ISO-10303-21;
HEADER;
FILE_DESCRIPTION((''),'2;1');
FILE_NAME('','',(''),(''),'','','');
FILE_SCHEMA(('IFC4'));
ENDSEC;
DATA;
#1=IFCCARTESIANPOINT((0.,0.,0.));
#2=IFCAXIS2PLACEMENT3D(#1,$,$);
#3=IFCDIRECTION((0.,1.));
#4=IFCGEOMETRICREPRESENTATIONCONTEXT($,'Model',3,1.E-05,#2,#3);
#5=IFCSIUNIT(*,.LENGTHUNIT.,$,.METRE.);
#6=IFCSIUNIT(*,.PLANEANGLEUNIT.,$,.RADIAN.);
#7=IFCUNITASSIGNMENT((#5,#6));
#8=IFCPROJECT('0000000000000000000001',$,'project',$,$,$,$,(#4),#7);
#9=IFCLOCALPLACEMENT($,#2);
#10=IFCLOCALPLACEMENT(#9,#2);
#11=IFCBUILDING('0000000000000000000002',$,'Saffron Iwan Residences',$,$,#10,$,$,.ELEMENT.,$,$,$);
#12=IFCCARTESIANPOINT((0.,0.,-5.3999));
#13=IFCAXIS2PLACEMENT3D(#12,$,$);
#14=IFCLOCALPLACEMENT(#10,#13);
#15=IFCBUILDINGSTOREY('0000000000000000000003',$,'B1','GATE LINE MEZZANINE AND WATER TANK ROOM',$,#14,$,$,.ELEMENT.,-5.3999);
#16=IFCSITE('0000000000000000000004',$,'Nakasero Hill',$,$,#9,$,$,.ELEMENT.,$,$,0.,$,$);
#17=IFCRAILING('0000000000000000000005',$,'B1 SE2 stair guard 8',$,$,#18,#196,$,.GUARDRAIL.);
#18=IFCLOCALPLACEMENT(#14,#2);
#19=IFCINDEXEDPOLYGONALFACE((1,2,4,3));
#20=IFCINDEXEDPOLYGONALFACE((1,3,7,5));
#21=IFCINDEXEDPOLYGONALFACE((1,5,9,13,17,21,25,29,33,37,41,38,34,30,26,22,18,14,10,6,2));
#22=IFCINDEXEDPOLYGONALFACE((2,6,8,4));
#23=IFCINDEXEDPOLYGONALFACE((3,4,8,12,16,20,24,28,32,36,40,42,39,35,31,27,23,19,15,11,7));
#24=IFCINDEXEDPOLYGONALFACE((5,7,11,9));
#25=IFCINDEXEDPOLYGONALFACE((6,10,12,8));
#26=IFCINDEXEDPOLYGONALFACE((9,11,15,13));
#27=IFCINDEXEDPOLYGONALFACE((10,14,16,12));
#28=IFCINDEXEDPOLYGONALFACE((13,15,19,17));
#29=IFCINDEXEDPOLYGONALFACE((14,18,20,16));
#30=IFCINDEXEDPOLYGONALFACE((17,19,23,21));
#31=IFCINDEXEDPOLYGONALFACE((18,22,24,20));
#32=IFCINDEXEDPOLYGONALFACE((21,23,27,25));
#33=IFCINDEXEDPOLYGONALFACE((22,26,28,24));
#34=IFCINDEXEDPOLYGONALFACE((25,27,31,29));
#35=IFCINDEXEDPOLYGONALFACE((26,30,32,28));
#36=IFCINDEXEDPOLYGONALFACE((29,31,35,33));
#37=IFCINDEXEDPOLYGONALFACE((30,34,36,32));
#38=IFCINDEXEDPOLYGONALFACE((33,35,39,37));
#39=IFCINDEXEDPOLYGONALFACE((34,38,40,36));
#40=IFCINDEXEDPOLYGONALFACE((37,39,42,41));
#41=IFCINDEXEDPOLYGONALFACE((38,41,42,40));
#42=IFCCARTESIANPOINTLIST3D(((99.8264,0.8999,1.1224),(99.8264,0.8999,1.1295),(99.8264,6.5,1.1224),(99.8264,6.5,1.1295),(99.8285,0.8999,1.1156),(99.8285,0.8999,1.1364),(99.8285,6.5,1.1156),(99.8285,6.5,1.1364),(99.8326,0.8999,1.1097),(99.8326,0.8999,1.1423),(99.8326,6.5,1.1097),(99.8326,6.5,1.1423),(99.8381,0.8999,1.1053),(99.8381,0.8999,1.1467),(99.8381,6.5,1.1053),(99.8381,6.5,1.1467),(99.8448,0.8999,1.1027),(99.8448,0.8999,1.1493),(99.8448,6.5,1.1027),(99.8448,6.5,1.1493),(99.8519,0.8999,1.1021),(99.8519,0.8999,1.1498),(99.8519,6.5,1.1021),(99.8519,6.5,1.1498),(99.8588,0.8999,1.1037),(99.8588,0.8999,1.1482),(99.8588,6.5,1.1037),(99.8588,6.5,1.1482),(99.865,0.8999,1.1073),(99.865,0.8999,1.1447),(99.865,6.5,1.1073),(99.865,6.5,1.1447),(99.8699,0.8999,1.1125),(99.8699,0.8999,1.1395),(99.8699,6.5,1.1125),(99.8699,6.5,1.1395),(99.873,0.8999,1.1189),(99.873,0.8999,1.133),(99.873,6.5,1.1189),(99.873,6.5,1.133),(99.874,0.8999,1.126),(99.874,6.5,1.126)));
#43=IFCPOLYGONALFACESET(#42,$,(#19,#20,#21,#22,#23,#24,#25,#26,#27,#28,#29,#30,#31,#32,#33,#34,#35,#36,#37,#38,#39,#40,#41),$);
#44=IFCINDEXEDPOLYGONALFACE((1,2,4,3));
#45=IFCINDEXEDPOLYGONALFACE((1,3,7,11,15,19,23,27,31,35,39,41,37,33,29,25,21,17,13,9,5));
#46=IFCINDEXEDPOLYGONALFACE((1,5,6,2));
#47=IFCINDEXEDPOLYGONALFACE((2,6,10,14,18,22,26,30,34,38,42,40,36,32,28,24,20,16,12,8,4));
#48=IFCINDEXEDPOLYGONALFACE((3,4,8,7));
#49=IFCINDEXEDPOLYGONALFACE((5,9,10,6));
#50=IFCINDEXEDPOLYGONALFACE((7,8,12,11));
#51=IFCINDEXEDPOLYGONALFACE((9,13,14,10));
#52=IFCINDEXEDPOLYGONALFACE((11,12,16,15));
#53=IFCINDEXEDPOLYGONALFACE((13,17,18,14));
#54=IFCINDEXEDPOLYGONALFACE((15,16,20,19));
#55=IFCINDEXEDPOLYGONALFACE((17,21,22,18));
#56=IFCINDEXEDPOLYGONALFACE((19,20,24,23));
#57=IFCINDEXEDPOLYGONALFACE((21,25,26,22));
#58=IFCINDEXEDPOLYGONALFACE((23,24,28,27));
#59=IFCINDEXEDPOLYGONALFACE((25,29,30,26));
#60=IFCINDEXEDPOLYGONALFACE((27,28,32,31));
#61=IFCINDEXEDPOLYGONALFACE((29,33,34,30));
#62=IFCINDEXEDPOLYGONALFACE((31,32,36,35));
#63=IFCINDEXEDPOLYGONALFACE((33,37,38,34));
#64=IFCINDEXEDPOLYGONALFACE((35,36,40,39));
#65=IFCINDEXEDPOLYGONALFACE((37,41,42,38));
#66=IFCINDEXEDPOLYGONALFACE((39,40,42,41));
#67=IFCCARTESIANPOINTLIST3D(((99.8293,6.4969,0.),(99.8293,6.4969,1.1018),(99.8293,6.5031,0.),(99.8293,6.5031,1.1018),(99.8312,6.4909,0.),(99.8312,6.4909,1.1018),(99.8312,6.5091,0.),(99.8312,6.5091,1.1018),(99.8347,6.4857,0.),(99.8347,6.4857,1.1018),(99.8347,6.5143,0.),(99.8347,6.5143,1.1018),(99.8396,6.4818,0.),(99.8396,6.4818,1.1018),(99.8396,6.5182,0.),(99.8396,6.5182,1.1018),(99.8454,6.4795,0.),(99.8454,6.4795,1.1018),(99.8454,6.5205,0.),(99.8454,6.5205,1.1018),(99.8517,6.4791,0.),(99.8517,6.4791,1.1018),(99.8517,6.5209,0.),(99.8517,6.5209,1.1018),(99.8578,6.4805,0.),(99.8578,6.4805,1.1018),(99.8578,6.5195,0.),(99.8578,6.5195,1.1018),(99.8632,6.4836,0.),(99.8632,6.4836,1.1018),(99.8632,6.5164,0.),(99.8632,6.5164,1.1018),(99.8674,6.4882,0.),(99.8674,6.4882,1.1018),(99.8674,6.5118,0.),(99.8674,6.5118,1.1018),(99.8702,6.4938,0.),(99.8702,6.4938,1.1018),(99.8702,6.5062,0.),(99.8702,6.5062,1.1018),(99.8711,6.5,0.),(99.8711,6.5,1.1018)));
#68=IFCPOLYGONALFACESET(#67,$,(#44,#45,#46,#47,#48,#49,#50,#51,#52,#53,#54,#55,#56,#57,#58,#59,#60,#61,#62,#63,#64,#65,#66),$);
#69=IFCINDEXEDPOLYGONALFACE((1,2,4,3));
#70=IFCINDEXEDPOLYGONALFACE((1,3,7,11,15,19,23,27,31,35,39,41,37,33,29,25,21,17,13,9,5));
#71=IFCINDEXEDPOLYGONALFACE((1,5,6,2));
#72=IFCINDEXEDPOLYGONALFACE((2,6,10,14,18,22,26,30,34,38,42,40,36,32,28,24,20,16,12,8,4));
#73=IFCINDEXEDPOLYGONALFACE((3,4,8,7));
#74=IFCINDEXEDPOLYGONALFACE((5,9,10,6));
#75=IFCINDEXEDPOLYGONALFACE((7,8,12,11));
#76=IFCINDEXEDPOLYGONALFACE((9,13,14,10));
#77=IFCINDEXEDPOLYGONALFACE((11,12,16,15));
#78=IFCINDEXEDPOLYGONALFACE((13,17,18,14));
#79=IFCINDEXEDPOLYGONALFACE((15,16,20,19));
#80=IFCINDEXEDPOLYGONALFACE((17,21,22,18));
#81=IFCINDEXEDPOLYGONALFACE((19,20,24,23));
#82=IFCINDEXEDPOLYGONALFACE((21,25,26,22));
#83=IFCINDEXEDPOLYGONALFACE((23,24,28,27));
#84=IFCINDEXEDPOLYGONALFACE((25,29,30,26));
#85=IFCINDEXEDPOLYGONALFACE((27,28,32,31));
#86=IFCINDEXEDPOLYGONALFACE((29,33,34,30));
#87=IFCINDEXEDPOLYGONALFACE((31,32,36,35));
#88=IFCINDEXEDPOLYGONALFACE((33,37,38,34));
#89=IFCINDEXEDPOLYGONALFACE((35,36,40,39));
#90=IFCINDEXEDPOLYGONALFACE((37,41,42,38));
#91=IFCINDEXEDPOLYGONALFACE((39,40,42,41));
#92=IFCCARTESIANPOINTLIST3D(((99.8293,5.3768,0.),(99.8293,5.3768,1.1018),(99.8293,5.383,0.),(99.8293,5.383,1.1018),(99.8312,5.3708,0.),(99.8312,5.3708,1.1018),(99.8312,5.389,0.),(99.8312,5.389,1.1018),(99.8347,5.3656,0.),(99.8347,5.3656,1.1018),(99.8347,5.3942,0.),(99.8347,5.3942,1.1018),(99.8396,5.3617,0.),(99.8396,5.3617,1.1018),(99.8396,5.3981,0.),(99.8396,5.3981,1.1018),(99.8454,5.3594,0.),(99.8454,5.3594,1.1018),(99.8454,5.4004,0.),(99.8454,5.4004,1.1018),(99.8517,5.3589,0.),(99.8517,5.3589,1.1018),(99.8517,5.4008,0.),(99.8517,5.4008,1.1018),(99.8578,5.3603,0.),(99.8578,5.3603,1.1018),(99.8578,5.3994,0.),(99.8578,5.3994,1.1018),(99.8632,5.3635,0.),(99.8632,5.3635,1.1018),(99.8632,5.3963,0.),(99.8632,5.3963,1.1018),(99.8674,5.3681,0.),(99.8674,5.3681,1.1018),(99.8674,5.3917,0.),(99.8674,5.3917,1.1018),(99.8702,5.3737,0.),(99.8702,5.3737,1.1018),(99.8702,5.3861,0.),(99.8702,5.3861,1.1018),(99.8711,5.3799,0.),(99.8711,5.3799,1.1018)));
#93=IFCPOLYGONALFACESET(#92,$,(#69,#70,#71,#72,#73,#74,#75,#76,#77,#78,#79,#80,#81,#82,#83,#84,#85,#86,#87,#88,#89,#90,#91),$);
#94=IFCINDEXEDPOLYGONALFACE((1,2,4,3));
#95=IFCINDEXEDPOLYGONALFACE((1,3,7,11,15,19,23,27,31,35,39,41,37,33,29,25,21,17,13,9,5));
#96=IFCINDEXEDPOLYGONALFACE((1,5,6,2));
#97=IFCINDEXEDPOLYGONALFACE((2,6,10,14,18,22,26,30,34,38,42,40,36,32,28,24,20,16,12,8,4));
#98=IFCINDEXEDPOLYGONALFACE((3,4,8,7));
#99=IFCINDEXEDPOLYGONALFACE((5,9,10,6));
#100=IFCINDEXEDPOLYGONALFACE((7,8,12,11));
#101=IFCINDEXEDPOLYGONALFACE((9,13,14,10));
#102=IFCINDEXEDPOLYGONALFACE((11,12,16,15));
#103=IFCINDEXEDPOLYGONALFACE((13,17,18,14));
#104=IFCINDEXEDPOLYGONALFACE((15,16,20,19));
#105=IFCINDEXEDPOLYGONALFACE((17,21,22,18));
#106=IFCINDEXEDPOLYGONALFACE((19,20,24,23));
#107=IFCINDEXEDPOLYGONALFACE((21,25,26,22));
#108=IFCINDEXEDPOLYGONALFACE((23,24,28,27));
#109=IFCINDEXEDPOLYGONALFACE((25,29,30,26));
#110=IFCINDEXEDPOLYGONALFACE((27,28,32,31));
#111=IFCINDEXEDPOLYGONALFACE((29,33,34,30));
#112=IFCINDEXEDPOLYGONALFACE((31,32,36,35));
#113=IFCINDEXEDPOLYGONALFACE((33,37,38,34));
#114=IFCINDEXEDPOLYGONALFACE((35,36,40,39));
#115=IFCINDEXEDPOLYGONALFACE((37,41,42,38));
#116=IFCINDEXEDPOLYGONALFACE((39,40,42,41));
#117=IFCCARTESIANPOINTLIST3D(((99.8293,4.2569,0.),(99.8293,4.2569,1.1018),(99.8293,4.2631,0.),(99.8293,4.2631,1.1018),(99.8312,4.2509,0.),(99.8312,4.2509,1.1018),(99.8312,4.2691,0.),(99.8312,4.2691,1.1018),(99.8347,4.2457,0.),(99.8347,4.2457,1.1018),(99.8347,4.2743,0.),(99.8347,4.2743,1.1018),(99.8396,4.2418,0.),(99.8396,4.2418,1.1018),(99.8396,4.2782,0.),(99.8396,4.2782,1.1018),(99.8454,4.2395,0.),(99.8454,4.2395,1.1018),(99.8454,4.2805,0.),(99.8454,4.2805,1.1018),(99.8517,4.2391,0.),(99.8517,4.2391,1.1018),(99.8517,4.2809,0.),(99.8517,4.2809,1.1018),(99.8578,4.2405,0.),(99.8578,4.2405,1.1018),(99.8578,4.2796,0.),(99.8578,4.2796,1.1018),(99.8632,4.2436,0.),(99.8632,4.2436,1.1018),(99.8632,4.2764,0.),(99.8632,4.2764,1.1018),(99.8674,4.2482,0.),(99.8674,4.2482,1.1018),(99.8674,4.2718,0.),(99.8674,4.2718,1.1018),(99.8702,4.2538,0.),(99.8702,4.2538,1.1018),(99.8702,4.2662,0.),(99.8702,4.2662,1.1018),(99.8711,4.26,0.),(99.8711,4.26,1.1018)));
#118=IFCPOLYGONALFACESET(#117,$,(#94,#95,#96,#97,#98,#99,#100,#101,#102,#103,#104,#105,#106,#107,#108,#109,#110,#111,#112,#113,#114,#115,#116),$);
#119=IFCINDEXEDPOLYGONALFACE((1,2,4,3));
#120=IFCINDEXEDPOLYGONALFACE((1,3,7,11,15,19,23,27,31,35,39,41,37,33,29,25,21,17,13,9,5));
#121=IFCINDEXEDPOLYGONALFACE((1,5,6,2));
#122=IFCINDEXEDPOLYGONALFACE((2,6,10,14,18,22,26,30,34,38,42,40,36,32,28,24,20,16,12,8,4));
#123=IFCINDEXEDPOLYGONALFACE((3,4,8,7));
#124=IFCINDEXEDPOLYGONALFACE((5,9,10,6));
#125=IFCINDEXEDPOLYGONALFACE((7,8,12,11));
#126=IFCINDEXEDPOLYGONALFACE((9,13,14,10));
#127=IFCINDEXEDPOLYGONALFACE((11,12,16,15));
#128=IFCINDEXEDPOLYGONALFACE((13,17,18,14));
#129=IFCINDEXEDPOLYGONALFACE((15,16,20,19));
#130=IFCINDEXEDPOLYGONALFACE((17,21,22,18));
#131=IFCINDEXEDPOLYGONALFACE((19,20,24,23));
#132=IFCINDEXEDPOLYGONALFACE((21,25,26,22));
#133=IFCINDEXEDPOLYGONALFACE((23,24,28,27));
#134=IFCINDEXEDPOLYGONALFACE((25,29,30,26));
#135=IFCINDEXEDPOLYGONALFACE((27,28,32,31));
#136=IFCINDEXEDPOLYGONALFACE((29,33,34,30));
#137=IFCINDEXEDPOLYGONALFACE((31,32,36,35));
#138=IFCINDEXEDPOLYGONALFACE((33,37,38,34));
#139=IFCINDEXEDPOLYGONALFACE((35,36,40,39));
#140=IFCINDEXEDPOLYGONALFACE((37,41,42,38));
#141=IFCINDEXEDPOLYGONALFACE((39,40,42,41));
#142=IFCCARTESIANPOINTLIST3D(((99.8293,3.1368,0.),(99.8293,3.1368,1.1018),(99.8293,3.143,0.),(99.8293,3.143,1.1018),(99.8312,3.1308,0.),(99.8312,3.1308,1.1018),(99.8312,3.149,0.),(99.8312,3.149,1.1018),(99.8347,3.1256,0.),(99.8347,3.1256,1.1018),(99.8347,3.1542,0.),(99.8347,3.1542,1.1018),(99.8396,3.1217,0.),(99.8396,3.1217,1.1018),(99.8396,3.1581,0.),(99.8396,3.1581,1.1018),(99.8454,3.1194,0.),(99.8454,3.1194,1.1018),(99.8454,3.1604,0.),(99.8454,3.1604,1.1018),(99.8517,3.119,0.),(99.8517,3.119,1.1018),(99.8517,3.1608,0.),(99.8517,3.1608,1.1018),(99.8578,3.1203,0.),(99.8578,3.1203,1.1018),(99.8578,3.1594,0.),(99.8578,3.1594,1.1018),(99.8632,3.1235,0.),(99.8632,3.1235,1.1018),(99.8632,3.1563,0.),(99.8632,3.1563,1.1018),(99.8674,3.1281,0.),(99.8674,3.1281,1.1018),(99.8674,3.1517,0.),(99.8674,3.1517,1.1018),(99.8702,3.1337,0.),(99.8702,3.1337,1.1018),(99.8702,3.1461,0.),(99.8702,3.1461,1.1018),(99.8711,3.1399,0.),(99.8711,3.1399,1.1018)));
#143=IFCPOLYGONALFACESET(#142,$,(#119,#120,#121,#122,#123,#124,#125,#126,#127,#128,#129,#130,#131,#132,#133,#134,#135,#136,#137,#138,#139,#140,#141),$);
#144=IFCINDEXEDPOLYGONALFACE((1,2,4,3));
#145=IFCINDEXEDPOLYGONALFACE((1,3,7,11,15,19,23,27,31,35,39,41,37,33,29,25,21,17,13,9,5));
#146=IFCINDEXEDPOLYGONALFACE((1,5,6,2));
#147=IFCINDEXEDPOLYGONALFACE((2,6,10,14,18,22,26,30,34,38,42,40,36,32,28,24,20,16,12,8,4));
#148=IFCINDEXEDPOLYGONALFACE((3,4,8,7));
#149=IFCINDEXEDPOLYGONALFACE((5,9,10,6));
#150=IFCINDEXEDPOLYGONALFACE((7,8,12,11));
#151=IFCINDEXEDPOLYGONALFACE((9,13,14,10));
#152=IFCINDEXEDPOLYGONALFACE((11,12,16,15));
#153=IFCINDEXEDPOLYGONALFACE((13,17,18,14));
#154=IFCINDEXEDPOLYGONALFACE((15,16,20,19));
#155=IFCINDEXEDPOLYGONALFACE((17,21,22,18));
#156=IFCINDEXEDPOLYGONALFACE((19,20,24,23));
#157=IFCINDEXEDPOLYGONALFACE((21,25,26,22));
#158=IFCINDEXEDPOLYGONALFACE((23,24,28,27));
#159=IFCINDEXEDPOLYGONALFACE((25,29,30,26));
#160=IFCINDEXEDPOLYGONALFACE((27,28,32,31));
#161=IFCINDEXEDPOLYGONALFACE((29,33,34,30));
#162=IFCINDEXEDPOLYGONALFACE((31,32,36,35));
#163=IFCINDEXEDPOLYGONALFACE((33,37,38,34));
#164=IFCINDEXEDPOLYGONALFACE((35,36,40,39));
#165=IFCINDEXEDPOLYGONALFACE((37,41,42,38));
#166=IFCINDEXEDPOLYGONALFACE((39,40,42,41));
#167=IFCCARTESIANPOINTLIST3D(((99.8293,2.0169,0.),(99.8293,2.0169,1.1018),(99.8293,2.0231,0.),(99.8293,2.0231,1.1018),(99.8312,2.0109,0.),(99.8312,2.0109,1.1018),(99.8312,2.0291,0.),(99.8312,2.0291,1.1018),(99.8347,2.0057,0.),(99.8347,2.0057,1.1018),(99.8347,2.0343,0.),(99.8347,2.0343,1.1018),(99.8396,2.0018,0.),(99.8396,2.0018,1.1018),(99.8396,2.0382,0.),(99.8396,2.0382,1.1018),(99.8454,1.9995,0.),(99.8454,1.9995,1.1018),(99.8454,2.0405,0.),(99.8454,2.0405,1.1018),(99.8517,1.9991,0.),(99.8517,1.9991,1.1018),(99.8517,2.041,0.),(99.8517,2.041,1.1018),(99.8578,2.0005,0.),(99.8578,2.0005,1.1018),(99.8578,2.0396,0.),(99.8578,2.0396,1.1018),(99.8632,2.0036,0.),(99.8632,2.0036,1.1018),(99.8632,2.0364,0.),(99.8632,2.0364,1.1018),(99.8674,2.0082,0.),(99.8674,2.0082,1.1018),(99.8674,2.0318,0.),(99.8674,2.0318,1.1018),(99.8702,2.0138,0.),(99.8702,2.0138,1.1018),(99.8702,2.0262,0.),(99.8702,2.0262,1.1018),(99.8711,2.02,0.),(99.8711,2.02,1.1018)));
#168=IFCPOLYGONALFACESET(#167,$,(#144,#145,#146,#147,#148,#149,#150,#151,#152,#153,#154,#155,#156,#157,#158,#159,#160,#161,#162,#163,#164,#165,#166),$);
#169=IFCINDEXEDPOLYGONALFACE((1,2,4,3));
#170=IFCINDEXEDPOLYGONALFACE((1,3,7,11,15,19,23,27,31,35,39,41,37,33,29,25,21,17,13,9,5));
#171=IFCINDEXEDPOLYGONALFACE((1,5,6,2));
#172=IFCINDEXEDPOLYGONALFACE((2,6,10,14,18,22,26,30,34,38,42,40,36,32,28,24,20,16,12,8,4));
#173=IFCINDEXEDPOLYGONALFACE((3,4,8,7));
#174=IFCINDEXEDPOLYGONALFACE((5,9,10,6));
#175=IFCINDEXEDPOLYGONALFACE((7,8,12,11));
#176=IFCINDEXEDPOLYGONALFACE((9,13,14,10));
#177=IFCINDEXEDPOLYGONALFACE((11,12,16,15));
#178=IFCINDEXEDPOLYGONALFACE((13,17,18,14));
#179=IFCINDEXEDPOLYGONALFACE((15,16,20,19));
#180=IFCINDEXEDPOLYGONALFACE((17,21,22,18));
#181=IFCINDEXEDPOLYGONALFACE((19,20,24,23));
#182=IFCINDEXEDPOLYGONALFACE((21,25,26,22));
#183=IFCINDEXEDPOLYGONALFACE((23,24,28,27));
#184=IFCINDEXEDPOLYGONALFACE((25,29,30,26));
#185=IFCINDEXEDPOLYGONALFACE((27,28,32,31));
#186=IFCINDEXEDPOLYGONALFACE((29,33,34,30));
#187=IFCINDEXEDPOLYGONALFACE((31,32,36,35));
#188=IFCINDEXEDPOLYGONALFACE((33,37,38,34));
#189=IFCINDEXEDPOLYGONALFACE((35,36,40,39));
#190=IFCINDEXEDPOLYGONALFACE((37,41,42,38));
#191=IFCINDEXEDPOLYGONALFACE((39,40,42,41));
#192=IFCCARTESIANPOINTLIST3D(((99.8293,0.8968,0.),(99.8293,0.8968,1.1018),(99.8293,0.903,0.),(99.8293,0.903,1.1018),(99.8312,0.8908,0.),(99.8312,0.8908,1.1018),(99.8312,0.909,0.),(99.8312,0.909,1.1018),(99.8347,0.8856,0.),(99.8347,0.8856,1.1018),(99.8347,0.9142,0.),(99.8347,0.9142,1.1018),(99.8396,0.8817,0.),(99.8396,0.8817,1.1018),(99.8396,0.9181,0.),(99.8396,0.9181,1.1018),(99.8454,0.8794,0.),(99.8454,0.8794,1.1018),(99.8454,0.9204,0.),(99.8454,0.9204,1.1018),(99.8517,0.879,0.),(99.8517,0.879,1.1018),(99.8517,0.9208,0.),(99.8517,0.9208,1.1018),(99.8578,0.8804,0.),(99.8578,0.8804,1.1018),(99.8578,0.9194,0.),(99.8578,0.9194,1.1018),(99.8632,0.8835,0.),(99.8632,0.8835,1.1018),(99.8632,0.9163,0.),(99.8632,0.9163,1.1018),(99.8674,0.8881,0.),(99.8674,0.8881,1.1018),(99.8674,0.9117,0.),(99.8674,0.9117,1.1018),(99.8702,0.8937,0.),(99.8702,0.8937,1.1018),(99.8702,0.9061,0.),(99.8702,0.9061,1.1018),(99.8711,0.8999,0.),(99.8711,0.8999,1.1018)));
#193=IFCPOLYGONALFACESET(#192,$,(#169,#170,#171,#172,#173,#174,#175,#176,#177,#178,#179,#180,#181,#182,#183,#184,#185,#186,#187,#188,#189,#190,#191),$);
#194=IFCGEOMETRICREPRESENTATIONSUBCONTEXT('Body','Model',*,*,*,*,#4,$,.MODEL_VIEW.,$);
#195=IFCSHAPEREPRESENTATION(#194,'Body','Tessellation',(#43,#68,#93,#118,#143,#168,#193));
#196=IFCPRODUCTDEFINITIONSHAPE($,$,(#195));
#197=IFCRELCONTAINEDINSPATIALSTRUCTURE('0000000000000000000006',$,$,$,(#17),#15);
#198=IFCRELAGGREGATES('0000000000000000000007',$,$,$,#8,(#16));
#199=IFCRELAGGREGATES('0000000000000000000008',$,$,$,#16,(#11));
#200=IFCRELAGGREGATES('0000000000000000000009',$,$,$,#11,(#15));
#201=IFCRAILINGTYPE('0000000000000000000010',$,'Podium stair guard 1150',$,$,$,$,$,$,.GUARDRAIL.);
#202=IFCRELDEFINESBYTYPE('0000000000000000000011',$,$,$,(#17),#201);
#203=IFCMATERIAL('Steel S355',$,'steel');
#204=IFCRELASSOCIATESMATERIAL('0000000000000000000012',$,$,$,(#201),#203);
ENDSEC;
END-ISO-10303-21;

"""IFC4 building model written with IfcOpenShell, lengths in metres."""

from ifc_helpers import new_model, si_unit, direction, frame, origin, origin_2d, place, context, subcontext, project, spatial, circle, extrude, material, type_object, element, save


model = new_model("IFC4")

# Units and contexts
model_context = context("Model", 3, precision=1e-05, world=origin(), true_north=direction((0.0, 1.0)))
body_context = subcontext(model_context, "Body", "Model", "MODEL_VIEW")
ifc_project = project(units=[si_unit("LENGTHUNIT", "METRE"), si_unit("PLANEANGLEUNIT", "RADIAN")], contexts=[model_context])

# Site, building, storey
site_placement = place(None, origin())
site = spatial("IfcSite", under=ifc_project, at=site_placement, Name="Nakasero Hill", CompositionType="ELEMENT", RefElevation=0.0)
building_placement = place(site_placement, origin())
building = spatial("IfcBuilding", under=site, at=building_placement, Name="Saffron Iwan Residences", CompositionType="ELEMENT")
storey_placement = place(building_placement, frame((0.0, 0.0, -5.3999)))
storey = spatial("IfcBuildingStorey", under=building, at=storey_placement, Name="B1", Description="GATE LINE MEZZANINE AND WATER TANK ROOM", CompositionType="ELEMENT", Elevation=-5.3999)

# Railing
ifc_material_1 = material(Name="Steel S355", Category="steel")
railing_type_1 = type_object("IfcRailingType", Name="Podium stair guard 1150", PredefinedType="GUARDRAIL", material=ifc_material_1)
railing_1_placement = place(storey_placement, frame((99.8501, 6.5, 0.0)))
element("IfcRailing", 1, at=railing_1_placement, inside=storey, type_object=railing_type_1, Name="B1 SE2 stair guard 8", PredefinedType="GUARDRAIL", context=body_context, shape_type="SweptSolid", body=[
    extrude(circle(Radius=0.0239, at=origin_2d()), frame((0.0, 0.0, 1.126), z_axis=(0.0, -1.0, 0.0), x_axis=(1.0, 0.0, 0.0)), (0.0, 0.0, 1.0), 5.6001),
    extrude(circle(Radius=0.021, at=origin_2d()), origin(), (0.0, 0.0, 1.0), 1.1018),
    extrude(circle(Radius=0.021, at=origin_2d()), frame((0.0, -1.1201, 0.0)), (0.0, 0.0, 1.0), 1.1018),
    extrude(circle(Radius=0.021, at=origin_2d()), frame((0.0, -2.24, 0.0)), (0.0, 0.0, 1.0), 1.1018),
    extrude(circle(Radius=0.021, at=origin_2d()), frame((0.0, -3.3601, 0.0)), (0.0, 0.0, 1.0), 1.1018),
    extrude(circle(Radius=0.021, at=origin_2d()), frame((0.0, -4.48, 0.0)), (0.0, 0.0, 1.0), 1.1018),
    extrude(circle(Radius=0.021, at=origin_2d()), frame((0.0, -5.6001, 0.0)), (0.0, 0.0, 1.0), 1.1018),
])

save(model, "model.ifc")
